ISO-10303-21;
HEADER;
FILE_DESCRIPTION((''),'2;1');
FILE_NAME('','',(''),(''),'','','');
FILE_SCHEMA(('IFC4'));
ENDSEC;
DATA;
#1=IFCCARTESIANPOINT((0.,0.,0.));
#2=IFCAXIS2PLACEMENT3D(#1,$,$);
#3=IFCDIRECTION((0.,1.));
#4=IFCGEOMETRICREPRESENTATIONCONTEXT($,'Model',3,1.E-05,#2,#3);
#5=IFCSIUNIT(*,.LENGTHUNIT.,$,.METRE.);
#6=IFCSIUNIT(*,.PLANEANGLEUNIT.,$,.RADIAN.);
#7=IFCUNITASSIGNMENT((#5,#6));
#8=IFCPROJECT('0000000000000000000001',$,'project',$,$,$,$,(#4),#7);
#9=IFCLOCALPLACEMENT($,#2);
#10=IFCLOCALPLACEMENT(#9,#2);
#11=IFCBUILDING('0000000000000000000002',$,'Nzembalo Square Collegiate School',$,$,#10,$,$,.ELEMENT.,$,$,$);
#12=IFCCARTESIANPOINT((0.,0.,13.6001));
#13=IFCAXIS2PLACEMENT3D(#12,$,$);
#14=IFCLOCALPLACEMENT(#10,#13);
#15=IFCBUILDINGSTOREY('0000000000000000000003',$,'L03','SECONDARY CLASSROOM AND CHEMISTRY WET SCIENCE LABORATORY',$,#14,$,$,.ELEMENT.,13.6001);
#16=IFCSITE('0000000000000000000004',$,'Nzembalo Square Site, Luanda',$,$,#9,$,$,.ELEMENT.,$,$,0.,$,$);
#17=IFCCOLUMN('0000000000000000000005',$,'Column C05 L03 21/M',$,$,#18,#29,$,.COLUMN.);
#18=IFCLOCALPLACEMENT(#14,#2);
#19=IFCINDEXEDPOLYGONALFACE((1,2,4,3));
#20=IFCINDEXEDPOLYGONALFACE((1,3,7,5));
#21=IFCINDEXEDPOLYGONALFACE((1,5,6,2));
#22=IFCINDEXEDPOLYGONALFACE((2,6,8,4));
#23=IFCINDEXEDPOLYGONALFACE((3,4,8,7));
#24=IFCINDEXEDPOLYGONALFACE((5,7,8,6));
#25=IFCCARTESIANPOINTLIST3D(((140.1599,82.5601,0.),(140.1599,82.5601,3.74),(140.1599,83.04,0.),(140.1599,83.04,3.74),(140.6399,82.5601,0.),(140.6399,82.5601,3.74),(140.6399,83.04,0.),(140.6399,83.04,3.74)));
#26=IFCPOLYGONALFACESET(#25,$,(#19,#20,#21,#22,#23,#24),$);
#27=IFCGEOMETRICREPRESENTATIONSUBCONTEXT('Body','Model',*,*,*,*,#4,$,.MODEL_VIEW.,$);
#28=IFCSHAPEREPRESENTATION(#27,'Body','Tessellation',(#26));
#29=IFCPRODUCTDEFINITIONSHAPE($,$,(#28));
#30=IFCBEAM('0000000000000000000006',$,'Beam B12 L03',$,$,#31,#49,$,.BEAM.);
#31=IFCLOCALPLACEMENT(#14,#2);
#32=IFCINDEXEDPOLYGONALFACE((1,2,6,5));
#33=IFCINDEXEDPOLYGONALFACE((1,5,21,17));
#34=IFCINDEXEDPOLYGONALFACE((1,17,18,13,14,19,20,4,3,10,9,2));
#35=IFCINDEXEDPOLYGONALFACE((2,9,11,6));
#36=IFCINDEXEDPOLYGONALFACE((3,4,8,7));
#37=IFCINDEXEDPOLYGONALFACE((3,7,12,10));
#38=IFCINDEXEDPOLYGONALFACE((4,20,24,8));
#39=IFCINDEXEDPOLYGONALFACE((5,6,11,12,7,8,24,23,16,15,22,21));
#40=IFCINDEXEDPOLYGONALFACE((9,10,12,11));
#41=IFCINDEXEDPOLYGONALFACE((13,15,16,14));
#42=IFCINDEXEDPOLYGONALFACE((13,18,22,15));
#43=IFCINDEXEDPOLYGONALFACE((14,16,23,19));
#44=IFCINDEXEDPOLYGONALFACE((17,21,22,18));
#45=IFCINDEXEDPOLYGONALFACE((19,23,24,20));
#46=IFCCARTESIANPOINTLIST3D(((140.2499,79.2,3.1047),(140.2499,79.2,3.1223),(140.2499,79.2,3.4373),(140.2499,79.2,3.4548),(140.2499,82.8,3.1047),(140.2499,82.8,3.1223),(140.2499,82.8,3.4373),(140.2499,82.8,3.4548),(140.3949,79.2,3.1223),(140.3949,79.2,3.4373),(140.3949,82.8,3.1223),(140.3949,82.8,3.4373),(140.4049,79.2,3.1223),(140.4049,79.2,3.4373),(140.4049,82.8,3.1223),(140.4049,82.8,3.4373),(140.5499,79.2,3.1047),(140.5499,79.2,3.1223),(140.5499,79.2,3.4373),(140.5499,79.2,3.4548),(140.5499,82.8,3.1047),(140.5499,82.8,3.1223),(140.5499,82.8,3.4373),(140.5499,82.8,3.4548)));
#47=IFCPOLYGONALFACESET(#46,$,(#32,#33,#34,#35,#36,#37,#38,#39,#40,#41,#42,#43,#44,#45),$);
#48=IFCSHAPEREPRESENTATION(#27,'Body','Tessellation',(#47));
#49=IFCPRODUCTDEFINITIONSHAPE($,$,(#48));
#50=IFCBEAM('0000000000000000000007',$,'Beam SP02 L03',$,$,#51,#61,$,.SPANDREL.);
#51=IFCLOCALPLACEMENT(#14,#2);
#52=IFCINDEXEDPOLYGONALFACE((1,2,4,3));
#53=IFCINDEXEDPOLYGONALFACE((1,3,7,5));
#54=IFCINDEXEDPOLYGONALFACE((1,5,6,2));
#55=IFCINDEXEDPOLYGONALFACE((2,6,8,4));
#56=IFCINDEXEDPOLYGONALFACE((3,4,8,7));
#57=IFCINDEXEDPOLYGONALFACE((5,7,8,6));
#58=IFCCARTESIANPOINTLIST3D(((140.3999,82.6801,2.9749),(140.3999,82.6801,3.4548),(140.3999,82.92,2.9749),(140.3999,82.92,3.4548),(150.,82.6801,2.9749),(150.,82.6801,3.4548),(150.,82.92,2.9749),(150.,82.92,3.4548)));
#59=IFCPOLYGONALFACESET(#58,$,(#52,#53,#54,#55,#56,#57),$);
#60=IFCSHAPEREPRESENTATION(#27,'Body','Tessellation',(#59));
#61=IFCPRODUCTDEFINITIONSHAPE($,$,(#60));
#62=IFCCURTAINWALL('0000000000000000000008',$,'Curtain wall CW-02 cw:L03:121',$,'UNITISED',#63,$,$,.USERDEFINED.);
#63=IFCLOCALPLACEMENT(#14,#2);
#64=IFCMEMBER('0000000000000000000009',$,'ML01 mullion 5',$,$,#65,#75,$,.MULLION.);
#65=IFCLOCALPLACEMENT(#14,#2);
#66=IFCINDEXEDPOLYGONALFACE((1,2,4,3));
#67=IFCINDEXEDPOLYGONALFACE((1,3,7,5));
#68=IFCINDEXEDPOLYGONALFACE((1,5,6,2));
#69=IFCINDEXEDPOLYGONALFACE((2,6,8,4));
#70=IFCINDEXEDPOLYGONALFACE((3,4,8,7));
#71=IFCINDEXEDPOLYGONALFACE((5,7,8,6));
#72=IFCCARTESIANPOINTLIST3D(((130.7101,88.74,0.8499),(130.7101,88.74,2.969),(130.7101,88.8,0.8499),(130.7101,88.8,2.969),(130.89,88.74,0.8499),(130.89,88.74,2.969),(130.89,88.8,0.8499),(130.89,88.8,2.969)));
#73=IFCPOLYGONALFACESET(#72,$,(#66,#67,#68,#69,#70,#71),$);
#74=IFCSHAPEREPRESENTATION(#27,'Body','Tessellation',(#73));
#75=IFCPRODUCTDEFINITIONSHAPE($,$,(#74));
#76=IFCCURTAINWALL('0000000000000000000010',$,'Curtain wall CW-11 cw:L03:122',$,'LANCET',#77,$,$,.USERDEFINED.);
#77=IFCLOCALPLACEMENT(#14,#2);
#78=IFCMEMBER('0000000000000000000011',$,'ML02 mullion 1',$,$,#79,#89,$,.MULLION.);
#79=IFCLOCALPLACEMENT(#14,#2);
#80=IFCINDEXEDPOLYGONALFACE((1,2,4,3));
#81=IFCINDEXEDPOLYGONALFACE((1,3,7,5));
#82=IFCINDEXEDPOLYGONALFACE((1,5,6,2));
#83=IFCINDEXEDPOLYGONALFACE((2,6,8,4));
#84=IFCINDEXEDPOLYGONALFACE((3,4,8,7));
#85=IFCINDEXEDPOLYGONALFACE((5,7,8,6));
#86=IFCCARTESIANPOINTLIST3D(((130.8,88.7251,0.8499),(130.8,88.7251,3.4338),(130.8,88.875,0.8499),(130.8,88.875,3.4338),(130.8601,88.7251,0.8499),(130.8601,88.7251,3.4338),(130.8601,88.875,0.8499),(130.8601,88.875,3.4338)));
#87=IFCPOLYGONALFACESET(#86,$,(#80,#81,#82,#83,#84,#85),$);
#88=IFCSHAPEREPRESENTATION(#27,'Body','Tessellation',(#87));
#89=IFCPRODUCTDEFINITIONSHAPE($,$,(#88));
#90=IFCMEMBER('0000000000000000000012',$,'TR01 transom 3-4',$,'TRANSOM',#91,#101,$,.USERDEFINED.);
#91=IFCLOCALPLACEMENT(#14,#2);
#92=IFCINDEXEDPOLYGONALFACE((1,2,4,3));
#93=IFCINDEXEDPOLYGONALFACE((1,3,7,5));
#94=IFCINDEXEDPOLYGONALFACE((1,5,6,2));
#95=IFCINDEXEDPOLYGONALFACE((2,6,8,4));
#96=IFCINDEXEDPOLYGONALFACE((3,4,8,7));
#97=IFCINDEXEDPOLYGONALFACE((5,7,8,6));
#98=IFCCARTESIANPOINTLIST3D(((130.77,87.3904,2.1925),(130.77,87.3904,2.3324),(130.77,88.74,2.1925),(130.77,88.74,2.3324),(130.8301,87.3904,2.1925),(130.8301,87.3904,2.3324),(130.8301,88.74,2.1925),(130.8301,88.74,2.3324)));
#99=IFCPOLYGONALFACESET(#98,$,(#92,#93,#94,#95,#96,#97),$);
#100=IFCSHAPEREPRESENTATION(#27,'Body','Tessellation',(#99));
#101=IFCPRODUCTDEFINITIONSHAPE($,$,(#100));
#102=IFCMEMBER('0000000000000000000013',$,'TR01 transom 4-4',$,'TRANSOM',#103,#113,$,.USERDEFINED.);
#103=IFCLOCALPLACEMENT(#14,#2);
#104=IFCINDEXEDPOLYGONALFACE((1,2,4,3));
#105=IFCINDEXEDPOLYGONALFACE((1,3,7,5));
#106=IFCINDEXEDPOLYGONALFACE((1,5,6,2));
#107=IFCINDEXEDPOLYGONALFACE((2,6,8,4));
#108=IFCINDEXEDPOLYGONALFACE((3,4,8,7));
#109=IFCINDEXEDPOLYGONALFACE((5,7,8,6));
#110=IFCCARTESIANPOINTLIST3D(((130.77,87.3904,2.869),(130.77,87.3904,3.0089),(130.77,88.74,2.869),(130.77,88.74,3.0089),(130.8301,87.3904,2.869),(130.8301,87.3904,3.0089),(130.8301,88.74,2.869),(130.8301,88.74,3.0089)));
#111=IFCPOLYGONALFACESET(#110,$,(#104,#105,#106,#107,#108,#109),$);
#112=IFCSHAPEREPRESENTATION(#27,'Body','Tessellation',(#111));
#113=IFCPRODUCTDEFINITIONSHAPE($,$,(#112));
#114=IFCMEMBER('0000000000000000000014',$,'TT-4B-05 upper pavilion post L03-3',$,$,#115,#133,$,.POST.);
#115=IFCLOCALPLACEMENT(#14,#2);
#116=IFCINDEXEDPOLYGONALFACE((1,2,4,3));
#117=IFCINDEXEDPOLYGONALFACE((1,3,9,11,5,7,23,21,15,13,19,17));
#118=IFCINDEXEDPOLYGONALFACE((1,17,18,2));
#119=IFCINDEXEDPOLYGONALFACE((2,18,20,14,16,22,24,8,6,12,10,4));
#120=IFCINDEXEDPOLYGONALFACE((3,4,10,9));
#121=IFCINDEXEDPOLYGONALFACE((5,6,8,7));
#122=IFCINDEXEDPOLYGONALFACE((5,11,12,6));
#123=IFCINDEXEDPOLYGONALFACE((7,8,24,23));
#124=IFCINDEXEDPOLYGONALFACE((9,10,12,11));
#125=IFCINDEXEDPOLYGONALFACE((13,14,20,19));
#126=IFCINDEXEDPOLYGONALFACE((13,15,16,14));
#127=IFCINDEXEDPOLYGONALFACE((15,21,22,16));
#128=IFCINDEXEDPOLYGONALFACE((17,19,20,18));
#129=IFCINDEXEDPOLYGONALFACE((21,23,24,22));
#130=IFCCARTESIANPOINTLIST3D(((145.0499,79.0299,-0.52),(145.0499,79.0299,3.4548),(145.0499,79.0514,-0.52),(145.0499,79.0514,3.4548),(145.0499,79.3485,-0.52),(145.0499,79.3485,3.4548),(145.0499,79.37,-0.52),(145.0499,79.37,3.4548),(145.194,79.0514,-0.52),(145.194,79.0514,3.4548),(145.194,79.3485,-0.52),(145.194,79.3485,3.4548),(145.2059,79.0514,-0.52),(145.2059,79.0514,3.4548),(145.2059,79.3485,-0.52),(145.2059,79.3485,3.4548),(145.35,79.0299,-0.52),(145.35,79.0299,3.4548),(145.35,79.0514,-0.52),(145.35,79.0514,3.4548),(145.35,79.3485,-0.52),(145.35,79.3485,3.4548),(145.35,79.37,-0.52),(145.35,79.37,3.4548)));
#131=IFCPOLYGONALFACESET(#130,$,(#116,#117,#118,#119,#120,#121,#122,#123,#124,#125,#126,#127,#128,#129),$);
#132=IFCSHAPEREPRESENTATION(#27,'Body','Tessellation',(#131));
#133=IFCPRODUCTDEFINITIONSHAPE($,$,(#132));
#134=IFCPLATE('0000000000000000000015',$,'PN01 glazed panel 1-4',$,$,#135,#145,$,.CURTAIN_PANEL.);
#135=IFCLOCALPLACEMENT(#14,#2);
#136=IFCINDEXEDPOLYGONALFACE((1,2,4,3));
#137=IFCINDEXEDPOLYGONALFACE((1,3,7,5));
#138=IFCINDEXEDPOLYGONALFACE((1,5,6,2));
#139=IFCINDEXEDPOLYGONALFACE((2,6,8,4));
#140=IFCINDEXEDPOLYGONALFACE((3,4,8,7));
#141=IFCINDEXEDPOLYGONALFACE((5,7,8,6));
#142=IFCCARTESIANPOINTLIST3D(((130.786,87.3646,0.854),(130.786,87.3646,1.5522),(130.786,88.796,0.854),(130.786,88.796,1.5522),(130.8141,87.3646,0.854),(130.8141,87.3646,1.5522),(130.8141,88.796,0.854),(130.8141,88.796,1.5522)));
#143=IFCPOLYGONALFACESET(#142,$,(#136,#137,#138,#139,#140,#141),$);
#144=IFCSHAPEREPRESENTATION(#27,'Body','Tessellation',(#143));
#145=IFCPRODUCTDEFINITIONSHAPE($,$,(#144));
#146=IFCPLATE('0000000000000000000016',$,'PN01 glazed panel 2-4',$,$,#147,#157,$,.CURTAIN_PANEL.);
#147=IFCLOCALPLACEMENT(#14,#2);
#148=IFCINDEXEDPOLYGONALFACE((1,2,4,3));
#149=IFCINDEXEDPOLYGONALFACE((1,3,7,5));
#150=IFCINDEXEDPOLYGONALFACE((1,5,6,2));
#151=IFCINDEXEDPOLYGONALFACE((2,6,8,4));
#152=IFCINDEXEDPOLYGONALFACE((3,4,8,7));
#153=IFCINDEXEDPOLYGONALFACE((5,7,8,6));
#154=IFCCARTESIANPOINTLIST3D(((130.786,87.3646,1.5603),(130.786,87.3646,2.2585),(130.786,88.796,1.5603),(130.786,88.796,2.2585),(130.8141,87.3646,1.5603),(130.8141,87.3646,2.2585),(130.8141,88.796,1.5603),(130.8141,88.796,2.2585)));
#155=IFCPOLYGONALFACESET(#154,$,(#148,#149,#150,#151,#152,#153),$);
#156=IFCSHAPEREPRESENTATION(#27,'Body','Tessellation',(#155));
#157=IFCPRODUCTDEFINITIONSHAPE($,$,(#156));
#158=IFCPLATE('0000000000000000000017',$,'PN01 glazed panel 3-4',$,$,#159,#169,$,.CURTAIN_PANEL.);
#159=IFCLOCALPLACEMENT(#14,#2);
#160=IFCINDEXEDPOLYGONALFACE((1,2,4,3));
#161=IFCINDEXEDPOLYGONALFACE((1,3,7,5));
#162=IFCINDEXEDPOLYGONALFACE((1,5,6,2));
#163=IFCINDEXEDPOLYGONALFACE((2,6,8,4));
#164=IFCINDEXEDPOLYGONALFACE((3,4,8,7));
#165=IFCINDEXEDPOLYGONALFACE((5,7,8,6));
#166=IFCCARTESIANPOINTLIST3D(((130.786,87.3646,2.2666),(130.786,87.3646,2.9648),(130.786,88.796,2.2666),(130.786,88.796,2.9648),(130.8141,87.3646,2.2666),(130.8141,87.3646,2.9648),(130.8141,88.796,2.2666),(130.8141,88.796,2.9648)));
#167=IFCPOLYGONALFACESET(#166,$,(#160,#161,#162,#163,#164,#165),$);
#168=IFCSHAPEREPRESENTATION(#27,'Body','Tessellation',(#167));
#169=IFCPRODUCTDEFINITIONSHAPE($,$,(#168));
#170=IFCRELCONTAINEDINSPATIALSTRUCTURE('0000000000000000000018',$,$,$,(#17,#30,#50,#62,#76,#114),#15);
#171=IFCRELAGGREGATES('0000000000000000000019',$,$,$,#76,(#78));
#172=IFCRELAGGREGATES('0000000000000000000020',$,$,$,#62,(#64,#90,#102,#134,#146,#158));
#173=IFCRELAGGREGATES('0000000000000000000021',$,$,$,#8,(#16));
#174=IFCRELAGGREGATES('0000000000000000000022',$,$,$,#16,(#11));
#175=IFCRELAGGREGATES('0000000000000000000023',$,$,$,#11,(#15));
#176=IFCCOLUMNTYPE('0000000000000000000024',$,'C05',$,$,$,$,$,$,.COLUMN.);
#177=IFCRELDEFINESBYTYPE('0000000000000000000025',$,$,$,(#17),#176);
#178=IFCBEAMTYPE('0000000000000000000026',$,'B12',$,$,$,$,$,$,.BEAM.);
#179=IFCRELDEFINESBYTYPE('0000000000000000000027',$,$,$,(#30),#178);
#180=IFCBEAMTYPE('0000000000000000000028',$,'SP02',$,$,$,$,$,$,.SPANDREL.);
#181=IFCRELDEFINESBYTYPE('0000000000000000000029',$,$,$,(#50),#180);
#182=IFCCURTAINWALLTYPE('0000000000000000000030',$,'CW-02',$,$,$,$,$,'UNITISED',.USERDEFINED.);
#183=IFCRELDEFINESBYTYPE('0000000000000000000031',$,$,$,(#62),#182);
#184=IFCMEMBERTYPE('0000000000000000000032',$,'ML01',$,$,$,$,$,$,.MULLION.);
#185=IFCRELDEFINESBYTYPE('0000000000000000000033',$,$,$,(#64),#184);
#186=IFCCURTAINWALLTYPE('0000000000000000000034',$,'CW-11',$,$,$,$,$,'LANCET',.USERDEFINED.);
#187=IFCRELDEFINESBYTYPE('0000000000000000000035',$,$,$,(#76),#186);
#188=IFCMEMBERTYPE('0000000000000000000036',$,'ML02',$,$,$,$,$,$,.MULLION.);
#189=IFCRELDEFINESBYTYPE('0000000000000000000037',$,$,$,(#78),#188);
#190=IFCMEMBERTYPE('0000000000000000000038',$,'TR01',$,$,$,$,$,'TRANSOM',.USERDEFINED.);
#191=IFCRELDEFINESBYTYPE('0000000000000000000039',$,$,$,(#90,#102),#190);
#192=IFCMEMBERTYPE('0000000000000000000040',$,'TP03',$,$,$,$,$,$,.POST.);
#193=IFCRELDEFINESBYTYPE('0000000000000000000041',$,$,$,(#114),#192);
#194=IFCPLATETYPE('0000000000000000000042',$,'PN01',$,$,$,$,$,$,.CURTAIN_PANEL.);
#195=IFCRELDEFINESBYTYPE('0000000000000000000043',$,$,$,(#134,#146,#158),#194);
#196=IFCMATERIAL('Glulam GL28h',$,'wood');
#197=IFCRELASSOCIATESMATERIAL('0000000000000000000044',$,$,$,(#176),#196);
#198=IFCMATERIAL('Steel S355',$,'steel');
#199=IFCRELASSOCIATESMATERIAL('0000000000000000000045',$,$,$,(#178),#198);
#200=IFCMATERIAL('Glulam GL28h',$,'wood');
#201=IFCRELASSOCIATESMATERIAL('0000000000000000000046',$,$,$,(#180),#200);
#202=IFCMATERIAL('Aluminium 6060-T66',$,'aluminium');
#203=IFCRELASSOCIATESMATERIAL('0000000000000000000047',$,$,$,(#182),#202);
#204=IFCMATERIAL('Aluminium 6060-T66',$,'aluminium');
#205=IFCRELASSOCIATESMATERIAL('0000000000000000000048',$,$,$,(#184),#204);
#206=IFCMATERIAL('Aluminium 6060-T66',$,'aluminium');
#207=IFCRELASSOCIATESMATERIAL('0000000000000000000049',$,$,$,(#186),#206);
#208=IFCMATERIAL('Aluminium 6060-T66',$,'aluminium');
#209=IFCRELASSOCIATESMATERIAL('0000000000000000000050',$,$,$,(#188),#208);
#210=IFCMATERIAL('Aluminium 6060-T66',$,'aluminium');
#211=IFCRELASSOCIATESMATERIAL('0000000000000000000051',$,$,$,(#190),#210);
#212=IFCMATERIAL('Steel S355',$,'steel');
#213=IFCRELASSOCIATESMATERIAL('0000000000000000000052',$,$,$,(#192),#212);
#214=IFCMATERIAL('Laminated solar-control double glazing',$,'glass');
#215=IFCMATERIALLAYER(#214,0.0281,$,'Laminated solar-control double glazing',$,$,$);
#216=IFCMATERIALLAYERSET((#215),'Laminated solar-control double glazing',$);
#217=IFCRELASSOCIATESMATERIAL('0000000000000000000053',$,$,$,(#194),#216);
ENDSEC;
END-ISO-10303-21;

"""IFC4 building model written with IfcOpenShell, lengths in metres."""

from ifc_helpers import new_model, si_unit, direction, frame, origin, origin_2d, place, context, subcontext, project, spatial, rectangle, i_section, extrude, material, layer, layer_set, material_profile, profile_set, type_object, element, aggregate, save


model = new_model("IFC4")

# Units and contexts
model_context = context("Model", 3, precision=1e-05, world=origin(), true_north=direction((0.0, 1.0)))
body_context = subcontext(model_context, "Body", "Model", "MODEL_VIEW")
ifc_project = project(units=[si_unit("LENGTHUNIT", "METRE"), si_unit("PLANEANGLEUNIT", "RADIAN")], contexts=[model_context])

# Site, building, storey
site_placement = place(None, origin())
site = spatial("IfcSite", under=ifc_project, at=site_placement, Name="Nzembalo Square Site, Luanda", CompositionType="ELEMENT", RefElevation=0.0)
building_placement = place(site_placement, origin())
building = spatial("IfcBuilding", under=site, at=building_placement, Name="Nzembalo Square Collegiate School", CompositionType="ELEMENT")
storey_placement = place(building_placement, frame((0.0, 0.0, 13.6001)))
storey = spatial("IfcBuildingStorey", under=building, at=storey_placement, Name="L03", Description="SECONDARY CLASSROOM AND CHEMISTRY WET SCIENCE LABORATORY", CompositionType="ELEMENT", Elevation=13.6001)

# Column
ifc_material_1 = material(Name="Glulam GL28h", Category="wood")
ifc_material_profile_1 = material_profile(ifc_material_1, rectangle(XDim=0.48, YDim=0.48, at=origin_2d()), Name="GL28h 480x480")
ifc_profile_set_1 = profile_set([ifc_material_profile_1], Name="Glulam GL28h")
column_type = type_object("IfcColumnType", Name="C05", PredefinedType="COLUMN", material=ifc_profile_set_1)
column_placement = place(storey_placement, frame((140.3999, 82.8, 0.0), z_axis=(0.0, 0.0, 1.0), x_axis=(1.0, 0.0, 0.0)))
element("IfcColumn", 1, at=column_placement, inside=storey, type_object=column_type, Name="Column C05 L03 21/M", PredefinedType="COLUMN", context=body_context, shape_type="SweptSolid", body=[
    extrude(rectangle(XDim=0.48, YDim=0.48, at=origin_2d()), origin(), (0.0, 0.0, 1.0), 3.74),
])

# Beams
ifc_material_2 = material(Name="Steel S355", Category="steel")
ifc_material_profile_2 = material_profile(ifc_material_2, i_section(OverallWidth=0.3, OverallDepth=0.3501, WebThickness=0.01, FlangeThickness=0.0176, at=origin_2d()), Name="HEA 360")
ifc_profile_set_2 = profile_set([ifc_material_profile_2], Name="Steel S355")
beam_type_1 = type_object("IfcBeamType", Name="B12", PredefinedType="BEAM", material=ifc_profile_set_2)
beam_1_placement = place(storey_placement, frame((140.3999, 79.2, 3.2798), z_axis=(0.0, 1.0, 0.0), x_axis=(-1.0, 0.0, 0.0)))
element("IfcBeam", 2, at=beam_1_placement, inside=storey, type_object=beam_type_1, Name="Beam B12 L03", PredefinedType="BEAM", context=body_context, shape_type="SweptSolid", body=[
    extrude(i_section(OverallWidth=0.3, OverallDepth=0.3501, WebThickness=0.01, FlangeThickness=0.0176, at=origin_2d()), origin(), (0.0, 0.0, 1.0), 3.6001),
])
ifc_material_3 = material(Name="Glulam GL28h", Category="wood")
ifc_material_profile_3 = material_profile(ifc_material_3, rectangle(XDim=0.24, YDim=0.48, at=origin_2d()), Name="GL28h 240x480")
ifc_profile_set_3 = profile_set([ifc_material_profile_3], Name="Glulam GL28h")
beam_type_2 = type_object("IfcBeamType", Name="SP02", PredefinedType="SPANDREL", material=ifc_profile_set_3)
beam_2_placement = place(storey_placement, frame((140.3999, 82.8, 3.2148), z_axis=(1.0, 0.0, 0.0), x_axis=(0.0, 1.0, 0.0)))
element("IfcBeam", 3, at=beam_2_placement, inside=storey, type_object=beam_type_2, Name="Beam SP02 L03", PredefinedType="SPANDREL", context=body_context, shape_type="SweptSolid", body=[
    extrude(rectangle(XDim=0.24, YDim=0.48, at=origin_2d()), origin(), (0.0, 0.0, 1.0), 9.6001),
])

# Curtain walls, members
ifc_material_4 = material(Name="Aluminium 6060-T66", Category="aluminium")
curtain_wall_type_1 = type_object("IfcCurtainWallType", Name="CW-02", ElementType="UNITISED", PredefinedType="USERDEFINED", material=ifc_material_4)
curtain_wall_1_placement = place(storey_placement, origin())
curtain_wall_1 = element("IfcCurtainWall", 4, at=curtain_wall_1_placement, inside=storey, type_object=curtain_wall_type_1, Name="Curtain wall CW-02 cw:L03:121", ObjectType="UNITISED", PredefinedType="USERDEFINED")
ifc_material_5 = material(Name="Aluminium 6060-T66", Category="aluminium")
ifc_material_profile_4 = material_profile(ifc_material_5, rectangle(XDim=0.0601, YDim=0.1799, at=origin_2d()), Name="ALU M60x180")
ifc_profile_set_4 = profile_set([ifc_material_profile_4], Name="Aluminium 6060-T66")
member_type_1 = type_object("IfcMemberType", Name="ML01", PredefinedType="MULLION", material=ifc_profile_set_4)
member_1_placement = place(storey_placement, frame((130.8, 88.77, 0.8499), z_axis=(0.0, 0.0, 1.0), x_axis=(0.0, 1.0, 0.0)))
member_1 = element("IfcMember", 5, at=member_1_placement, type_object=member_type_1, Name="ML01 mullion 5", PredefinedType="MULLION", context=body_context, shape_type="SweptSolid", body=[
    extrude(rectangle(XDim=0.0601, YDim=0.1799, at=origin_2d()), origin(), (0.0, 0.0, 1.0), 2.1191),
])
ifc_material_6 = material(Name="Aluminium 6060-T66", Category="aluminium")
curtain_wall_type_2 = type_object("IfcCurtainWallType", Name="CW-11", ElementType="LANCET", PredefinedType="USERDEFINED", material=ifc_material_6)
curtain_wall_2_placement = place(storey_placement, origin())
curtain_wall_2 = element("IfcCurtainWall", 6, at=curtain_wall_2_placement, inside=storey, type_object=curtain_wall_type_2, Name="Curtain wall CW-11 cw:L03:122", ObjectType="LANCET", PredefinedType="USERDEFINED")
ifc_material_7 = material(Name="Aluminium 6060-T66", Category="aluminium")
ifc_material_profile_5 = material_profile(ifc_material_7, rectangle(XDim=0.0601, YDim=0.1499, at=origin_2d()), Name="ALU M60x150")
ifc_profile_set_5 = profile_set([ifc_material_profile_5], Name="Aluminium 6060-T66")
member_type_2 = type_object("IfcMemberType", Name="ML02", PredefinedType="MULLION", material=ifc_profile_set_5)
member_2_placement = place(storey_placement, frame((130.8301, 88.8, 0.8499), z_axis=(0.0, 0.0, 1.0), x_axis=(1.0, 0.0, 0.0)))
member_2 = element("IfcMember", 7, at=member_2_placement, type_object=member_type_2, Name="ML02 mullion 1", PredefinedType="MULLION", context=body_context, shape_type="SweptSolid", body=[
    extrude(rectangle(XDim=0.0601, YDim=0.1499, at=origin_2d()), origin(), (0.0, 0.0, 1.0), 2.584),
])
aggregate(curtain_wall_2, [member_2])

# Members
ifc_material_8 = material(Name="Aluminium 6060-T66", Category="aluminium")
ifc_material_profile_6 = material_profile(ifc_material_8, rectangle(XDim=0.0601, YDim=0.1399, at=origin_2d()), Name="ALU T60x140")
ifc_profile_set_6 = profile_set([ifc_material_profile_6], Name="Aluminium 6060-T66")
member_type_3 = type_object("IfcMemberType", Name="TR01", ElementType="TRANSOM", PredefinedType="USERDEFINED", material=ifc_profile_set_6)
member_3_placement = place(storey_placement, frame((130.8, 87.3904, 2.2625), z_axis=(0.0, 1.0, 0.0), x_axis=(-1.0, 0.0, 0.0)))
member_3 = element("IfcMember", 8, at=member_3_placement, type_object=member_type_3, Name="TR01 transom 3-4", ObjectType="TRANSOM", PredefinedType="USERDEFINED", context=body_context, shape_type="SweptSolid", body=[
    extrude(rectangle(XDim=0.0601, YDim=0.1399, at=origin_2d()), origin(), (0.0, 0.0, 1.0), 1.3496),
])
member_4_placement = place(storey_placement, frame((130.8, 87.3904, 2.939), z_axis=(0.0, 1.0, 0.0), x_axis=(-1.0, 0.0, 0.0)))
member_4 = element("IfcMember", 9, at=member_4_placement, type_object=member_type_3, Name="TR01 transom 4-4", ObjectType="TRANSOM", PredefinedType="USERDEFINED", context=body_context, shape_type="SweptSolid", body=[
    extrude(rectangle(XDim=0.0601, YDim=0.1399, at=origin_2d()), origin(), (0.0, 0.0, 1.0), 1.3496),
])
ifc_material_9 = material(Name="Steel S355", Category="steel")
ifc_material_profile_7 = material_profile(ifc_material_9, i_section(OverallWidth=0.3, OverallDepth=0.3401, WebThickness=0.012, FlangeThickness=0.0215, at=origin_2d()), Name="HEB 340")
ifc_profile_set_7 = profile_set([ifc_material_profile_7], Name="Steel S355")
member_type_4 = type_object("IfcMemberType", Name="TP03", PredefinedType="POST", material=ifc_profile_set_7)
member_5_placement = place(storey_placement, frame((145.2, 79.2, -0.52), z_axis=(0.0, 0.0, 1.0), x_axis=(1.0, 0.0, 0.0)))
element("IfcMember", 10, at=member_5_placement, inside=storey, type_object=member_type_4, Name="TT-4B-05 upper pavilion post L03-3", PredefinedType="POST", context=body_context, shape_type="SweptSolid", body=[
    extrude(i_section(OverallWidth=0.3, OverallDepth=0.3401, WebThickness=0.012, FlangeThickness=0.0215, at=origin_2d()), origin(), (0.0, 0.0, 1.0), 3.9749),
])

# Plates
ifc_material_10 = material(Name="Laminated solar-control double glazing", Category="glass")
ifc_layer_1 = layer(ifc_material_10, 0.0281, Name="Laminated solar-control double glazing")
ifc_layer_set_1 = layer_set([ifc_layer_1], Name="Laminated solar-control double glazing")
plate_type = type_object("IfcPlateType", Name="PN01", PredefinedType="CURTAIN_PANEL", material=ifc_layer_set_1)
plate_1_placement = place(storey_placement, frame((130.8, 88.0803, 0.854), z_axis=(0.0, 0.0, 1.0), x_axis=(0.0, 1.0, 0.0)))
plate_1 = element("IfcPlate", 11, at=plate_1_placement, type_object=plate_type, Name="PN01 glazed panel 1-4", PredefinedType="CURTAIN_PANEL", context=body_context, shape_type="SweptSolid", body=[
    extrude(rectangle(XDim=1.4314, YDim=0.0281, at=origin_2d()), origin(), (0.0, 0.0, 1.0), 0.6982),
])
plate_2_placement = place(storey_placement, frame((130.8, 88.0803, 1.5603), z_axis=(0.0, 0.0, 1.0), x_axis=(0.0, 1.0, 0.0)))
plate_2 = element("IfcPlate", 12, at=plate_2_placement, type_object=plate_type, Name="PN01 glazed panel 2-4", PredefinedType="CURTAIN_PANEL", context=body_context, shape_type="SweptSolid", body=[
    extrude(rectangle(XDim=1.4314, YDim=0.0281, at=origin_2d()), origin(), (0.0, 0.0, 1.0), 0.6982),
])
plate_3_placement = place(storey_placement, frame((130.8, 88.0803, 2.2666), z_axis=(0.0, 0.0, 1.0), x_axis=(0.0, 1.0, 0.0)))
plate_3 = element("IfcPlate", 13, at=plate_3_placement, type_object=plate_type, Name="PN01 glazed panel 3-4", PredefinedType="CURTAIN_PANEL", context=body_context, shape_type="SweptSolid", body=[
    extrude(rectangle(XDim=1.4314, YDim=0.0281, at=origin_2d()), origin(), (0.0, 0.0, 1.0), 0.6982),
])
aggregate(curtain_wall_1, [member_1, member_3, member_4, plate_1, plate_2, plate_3])

save(model, "model.ifc")
